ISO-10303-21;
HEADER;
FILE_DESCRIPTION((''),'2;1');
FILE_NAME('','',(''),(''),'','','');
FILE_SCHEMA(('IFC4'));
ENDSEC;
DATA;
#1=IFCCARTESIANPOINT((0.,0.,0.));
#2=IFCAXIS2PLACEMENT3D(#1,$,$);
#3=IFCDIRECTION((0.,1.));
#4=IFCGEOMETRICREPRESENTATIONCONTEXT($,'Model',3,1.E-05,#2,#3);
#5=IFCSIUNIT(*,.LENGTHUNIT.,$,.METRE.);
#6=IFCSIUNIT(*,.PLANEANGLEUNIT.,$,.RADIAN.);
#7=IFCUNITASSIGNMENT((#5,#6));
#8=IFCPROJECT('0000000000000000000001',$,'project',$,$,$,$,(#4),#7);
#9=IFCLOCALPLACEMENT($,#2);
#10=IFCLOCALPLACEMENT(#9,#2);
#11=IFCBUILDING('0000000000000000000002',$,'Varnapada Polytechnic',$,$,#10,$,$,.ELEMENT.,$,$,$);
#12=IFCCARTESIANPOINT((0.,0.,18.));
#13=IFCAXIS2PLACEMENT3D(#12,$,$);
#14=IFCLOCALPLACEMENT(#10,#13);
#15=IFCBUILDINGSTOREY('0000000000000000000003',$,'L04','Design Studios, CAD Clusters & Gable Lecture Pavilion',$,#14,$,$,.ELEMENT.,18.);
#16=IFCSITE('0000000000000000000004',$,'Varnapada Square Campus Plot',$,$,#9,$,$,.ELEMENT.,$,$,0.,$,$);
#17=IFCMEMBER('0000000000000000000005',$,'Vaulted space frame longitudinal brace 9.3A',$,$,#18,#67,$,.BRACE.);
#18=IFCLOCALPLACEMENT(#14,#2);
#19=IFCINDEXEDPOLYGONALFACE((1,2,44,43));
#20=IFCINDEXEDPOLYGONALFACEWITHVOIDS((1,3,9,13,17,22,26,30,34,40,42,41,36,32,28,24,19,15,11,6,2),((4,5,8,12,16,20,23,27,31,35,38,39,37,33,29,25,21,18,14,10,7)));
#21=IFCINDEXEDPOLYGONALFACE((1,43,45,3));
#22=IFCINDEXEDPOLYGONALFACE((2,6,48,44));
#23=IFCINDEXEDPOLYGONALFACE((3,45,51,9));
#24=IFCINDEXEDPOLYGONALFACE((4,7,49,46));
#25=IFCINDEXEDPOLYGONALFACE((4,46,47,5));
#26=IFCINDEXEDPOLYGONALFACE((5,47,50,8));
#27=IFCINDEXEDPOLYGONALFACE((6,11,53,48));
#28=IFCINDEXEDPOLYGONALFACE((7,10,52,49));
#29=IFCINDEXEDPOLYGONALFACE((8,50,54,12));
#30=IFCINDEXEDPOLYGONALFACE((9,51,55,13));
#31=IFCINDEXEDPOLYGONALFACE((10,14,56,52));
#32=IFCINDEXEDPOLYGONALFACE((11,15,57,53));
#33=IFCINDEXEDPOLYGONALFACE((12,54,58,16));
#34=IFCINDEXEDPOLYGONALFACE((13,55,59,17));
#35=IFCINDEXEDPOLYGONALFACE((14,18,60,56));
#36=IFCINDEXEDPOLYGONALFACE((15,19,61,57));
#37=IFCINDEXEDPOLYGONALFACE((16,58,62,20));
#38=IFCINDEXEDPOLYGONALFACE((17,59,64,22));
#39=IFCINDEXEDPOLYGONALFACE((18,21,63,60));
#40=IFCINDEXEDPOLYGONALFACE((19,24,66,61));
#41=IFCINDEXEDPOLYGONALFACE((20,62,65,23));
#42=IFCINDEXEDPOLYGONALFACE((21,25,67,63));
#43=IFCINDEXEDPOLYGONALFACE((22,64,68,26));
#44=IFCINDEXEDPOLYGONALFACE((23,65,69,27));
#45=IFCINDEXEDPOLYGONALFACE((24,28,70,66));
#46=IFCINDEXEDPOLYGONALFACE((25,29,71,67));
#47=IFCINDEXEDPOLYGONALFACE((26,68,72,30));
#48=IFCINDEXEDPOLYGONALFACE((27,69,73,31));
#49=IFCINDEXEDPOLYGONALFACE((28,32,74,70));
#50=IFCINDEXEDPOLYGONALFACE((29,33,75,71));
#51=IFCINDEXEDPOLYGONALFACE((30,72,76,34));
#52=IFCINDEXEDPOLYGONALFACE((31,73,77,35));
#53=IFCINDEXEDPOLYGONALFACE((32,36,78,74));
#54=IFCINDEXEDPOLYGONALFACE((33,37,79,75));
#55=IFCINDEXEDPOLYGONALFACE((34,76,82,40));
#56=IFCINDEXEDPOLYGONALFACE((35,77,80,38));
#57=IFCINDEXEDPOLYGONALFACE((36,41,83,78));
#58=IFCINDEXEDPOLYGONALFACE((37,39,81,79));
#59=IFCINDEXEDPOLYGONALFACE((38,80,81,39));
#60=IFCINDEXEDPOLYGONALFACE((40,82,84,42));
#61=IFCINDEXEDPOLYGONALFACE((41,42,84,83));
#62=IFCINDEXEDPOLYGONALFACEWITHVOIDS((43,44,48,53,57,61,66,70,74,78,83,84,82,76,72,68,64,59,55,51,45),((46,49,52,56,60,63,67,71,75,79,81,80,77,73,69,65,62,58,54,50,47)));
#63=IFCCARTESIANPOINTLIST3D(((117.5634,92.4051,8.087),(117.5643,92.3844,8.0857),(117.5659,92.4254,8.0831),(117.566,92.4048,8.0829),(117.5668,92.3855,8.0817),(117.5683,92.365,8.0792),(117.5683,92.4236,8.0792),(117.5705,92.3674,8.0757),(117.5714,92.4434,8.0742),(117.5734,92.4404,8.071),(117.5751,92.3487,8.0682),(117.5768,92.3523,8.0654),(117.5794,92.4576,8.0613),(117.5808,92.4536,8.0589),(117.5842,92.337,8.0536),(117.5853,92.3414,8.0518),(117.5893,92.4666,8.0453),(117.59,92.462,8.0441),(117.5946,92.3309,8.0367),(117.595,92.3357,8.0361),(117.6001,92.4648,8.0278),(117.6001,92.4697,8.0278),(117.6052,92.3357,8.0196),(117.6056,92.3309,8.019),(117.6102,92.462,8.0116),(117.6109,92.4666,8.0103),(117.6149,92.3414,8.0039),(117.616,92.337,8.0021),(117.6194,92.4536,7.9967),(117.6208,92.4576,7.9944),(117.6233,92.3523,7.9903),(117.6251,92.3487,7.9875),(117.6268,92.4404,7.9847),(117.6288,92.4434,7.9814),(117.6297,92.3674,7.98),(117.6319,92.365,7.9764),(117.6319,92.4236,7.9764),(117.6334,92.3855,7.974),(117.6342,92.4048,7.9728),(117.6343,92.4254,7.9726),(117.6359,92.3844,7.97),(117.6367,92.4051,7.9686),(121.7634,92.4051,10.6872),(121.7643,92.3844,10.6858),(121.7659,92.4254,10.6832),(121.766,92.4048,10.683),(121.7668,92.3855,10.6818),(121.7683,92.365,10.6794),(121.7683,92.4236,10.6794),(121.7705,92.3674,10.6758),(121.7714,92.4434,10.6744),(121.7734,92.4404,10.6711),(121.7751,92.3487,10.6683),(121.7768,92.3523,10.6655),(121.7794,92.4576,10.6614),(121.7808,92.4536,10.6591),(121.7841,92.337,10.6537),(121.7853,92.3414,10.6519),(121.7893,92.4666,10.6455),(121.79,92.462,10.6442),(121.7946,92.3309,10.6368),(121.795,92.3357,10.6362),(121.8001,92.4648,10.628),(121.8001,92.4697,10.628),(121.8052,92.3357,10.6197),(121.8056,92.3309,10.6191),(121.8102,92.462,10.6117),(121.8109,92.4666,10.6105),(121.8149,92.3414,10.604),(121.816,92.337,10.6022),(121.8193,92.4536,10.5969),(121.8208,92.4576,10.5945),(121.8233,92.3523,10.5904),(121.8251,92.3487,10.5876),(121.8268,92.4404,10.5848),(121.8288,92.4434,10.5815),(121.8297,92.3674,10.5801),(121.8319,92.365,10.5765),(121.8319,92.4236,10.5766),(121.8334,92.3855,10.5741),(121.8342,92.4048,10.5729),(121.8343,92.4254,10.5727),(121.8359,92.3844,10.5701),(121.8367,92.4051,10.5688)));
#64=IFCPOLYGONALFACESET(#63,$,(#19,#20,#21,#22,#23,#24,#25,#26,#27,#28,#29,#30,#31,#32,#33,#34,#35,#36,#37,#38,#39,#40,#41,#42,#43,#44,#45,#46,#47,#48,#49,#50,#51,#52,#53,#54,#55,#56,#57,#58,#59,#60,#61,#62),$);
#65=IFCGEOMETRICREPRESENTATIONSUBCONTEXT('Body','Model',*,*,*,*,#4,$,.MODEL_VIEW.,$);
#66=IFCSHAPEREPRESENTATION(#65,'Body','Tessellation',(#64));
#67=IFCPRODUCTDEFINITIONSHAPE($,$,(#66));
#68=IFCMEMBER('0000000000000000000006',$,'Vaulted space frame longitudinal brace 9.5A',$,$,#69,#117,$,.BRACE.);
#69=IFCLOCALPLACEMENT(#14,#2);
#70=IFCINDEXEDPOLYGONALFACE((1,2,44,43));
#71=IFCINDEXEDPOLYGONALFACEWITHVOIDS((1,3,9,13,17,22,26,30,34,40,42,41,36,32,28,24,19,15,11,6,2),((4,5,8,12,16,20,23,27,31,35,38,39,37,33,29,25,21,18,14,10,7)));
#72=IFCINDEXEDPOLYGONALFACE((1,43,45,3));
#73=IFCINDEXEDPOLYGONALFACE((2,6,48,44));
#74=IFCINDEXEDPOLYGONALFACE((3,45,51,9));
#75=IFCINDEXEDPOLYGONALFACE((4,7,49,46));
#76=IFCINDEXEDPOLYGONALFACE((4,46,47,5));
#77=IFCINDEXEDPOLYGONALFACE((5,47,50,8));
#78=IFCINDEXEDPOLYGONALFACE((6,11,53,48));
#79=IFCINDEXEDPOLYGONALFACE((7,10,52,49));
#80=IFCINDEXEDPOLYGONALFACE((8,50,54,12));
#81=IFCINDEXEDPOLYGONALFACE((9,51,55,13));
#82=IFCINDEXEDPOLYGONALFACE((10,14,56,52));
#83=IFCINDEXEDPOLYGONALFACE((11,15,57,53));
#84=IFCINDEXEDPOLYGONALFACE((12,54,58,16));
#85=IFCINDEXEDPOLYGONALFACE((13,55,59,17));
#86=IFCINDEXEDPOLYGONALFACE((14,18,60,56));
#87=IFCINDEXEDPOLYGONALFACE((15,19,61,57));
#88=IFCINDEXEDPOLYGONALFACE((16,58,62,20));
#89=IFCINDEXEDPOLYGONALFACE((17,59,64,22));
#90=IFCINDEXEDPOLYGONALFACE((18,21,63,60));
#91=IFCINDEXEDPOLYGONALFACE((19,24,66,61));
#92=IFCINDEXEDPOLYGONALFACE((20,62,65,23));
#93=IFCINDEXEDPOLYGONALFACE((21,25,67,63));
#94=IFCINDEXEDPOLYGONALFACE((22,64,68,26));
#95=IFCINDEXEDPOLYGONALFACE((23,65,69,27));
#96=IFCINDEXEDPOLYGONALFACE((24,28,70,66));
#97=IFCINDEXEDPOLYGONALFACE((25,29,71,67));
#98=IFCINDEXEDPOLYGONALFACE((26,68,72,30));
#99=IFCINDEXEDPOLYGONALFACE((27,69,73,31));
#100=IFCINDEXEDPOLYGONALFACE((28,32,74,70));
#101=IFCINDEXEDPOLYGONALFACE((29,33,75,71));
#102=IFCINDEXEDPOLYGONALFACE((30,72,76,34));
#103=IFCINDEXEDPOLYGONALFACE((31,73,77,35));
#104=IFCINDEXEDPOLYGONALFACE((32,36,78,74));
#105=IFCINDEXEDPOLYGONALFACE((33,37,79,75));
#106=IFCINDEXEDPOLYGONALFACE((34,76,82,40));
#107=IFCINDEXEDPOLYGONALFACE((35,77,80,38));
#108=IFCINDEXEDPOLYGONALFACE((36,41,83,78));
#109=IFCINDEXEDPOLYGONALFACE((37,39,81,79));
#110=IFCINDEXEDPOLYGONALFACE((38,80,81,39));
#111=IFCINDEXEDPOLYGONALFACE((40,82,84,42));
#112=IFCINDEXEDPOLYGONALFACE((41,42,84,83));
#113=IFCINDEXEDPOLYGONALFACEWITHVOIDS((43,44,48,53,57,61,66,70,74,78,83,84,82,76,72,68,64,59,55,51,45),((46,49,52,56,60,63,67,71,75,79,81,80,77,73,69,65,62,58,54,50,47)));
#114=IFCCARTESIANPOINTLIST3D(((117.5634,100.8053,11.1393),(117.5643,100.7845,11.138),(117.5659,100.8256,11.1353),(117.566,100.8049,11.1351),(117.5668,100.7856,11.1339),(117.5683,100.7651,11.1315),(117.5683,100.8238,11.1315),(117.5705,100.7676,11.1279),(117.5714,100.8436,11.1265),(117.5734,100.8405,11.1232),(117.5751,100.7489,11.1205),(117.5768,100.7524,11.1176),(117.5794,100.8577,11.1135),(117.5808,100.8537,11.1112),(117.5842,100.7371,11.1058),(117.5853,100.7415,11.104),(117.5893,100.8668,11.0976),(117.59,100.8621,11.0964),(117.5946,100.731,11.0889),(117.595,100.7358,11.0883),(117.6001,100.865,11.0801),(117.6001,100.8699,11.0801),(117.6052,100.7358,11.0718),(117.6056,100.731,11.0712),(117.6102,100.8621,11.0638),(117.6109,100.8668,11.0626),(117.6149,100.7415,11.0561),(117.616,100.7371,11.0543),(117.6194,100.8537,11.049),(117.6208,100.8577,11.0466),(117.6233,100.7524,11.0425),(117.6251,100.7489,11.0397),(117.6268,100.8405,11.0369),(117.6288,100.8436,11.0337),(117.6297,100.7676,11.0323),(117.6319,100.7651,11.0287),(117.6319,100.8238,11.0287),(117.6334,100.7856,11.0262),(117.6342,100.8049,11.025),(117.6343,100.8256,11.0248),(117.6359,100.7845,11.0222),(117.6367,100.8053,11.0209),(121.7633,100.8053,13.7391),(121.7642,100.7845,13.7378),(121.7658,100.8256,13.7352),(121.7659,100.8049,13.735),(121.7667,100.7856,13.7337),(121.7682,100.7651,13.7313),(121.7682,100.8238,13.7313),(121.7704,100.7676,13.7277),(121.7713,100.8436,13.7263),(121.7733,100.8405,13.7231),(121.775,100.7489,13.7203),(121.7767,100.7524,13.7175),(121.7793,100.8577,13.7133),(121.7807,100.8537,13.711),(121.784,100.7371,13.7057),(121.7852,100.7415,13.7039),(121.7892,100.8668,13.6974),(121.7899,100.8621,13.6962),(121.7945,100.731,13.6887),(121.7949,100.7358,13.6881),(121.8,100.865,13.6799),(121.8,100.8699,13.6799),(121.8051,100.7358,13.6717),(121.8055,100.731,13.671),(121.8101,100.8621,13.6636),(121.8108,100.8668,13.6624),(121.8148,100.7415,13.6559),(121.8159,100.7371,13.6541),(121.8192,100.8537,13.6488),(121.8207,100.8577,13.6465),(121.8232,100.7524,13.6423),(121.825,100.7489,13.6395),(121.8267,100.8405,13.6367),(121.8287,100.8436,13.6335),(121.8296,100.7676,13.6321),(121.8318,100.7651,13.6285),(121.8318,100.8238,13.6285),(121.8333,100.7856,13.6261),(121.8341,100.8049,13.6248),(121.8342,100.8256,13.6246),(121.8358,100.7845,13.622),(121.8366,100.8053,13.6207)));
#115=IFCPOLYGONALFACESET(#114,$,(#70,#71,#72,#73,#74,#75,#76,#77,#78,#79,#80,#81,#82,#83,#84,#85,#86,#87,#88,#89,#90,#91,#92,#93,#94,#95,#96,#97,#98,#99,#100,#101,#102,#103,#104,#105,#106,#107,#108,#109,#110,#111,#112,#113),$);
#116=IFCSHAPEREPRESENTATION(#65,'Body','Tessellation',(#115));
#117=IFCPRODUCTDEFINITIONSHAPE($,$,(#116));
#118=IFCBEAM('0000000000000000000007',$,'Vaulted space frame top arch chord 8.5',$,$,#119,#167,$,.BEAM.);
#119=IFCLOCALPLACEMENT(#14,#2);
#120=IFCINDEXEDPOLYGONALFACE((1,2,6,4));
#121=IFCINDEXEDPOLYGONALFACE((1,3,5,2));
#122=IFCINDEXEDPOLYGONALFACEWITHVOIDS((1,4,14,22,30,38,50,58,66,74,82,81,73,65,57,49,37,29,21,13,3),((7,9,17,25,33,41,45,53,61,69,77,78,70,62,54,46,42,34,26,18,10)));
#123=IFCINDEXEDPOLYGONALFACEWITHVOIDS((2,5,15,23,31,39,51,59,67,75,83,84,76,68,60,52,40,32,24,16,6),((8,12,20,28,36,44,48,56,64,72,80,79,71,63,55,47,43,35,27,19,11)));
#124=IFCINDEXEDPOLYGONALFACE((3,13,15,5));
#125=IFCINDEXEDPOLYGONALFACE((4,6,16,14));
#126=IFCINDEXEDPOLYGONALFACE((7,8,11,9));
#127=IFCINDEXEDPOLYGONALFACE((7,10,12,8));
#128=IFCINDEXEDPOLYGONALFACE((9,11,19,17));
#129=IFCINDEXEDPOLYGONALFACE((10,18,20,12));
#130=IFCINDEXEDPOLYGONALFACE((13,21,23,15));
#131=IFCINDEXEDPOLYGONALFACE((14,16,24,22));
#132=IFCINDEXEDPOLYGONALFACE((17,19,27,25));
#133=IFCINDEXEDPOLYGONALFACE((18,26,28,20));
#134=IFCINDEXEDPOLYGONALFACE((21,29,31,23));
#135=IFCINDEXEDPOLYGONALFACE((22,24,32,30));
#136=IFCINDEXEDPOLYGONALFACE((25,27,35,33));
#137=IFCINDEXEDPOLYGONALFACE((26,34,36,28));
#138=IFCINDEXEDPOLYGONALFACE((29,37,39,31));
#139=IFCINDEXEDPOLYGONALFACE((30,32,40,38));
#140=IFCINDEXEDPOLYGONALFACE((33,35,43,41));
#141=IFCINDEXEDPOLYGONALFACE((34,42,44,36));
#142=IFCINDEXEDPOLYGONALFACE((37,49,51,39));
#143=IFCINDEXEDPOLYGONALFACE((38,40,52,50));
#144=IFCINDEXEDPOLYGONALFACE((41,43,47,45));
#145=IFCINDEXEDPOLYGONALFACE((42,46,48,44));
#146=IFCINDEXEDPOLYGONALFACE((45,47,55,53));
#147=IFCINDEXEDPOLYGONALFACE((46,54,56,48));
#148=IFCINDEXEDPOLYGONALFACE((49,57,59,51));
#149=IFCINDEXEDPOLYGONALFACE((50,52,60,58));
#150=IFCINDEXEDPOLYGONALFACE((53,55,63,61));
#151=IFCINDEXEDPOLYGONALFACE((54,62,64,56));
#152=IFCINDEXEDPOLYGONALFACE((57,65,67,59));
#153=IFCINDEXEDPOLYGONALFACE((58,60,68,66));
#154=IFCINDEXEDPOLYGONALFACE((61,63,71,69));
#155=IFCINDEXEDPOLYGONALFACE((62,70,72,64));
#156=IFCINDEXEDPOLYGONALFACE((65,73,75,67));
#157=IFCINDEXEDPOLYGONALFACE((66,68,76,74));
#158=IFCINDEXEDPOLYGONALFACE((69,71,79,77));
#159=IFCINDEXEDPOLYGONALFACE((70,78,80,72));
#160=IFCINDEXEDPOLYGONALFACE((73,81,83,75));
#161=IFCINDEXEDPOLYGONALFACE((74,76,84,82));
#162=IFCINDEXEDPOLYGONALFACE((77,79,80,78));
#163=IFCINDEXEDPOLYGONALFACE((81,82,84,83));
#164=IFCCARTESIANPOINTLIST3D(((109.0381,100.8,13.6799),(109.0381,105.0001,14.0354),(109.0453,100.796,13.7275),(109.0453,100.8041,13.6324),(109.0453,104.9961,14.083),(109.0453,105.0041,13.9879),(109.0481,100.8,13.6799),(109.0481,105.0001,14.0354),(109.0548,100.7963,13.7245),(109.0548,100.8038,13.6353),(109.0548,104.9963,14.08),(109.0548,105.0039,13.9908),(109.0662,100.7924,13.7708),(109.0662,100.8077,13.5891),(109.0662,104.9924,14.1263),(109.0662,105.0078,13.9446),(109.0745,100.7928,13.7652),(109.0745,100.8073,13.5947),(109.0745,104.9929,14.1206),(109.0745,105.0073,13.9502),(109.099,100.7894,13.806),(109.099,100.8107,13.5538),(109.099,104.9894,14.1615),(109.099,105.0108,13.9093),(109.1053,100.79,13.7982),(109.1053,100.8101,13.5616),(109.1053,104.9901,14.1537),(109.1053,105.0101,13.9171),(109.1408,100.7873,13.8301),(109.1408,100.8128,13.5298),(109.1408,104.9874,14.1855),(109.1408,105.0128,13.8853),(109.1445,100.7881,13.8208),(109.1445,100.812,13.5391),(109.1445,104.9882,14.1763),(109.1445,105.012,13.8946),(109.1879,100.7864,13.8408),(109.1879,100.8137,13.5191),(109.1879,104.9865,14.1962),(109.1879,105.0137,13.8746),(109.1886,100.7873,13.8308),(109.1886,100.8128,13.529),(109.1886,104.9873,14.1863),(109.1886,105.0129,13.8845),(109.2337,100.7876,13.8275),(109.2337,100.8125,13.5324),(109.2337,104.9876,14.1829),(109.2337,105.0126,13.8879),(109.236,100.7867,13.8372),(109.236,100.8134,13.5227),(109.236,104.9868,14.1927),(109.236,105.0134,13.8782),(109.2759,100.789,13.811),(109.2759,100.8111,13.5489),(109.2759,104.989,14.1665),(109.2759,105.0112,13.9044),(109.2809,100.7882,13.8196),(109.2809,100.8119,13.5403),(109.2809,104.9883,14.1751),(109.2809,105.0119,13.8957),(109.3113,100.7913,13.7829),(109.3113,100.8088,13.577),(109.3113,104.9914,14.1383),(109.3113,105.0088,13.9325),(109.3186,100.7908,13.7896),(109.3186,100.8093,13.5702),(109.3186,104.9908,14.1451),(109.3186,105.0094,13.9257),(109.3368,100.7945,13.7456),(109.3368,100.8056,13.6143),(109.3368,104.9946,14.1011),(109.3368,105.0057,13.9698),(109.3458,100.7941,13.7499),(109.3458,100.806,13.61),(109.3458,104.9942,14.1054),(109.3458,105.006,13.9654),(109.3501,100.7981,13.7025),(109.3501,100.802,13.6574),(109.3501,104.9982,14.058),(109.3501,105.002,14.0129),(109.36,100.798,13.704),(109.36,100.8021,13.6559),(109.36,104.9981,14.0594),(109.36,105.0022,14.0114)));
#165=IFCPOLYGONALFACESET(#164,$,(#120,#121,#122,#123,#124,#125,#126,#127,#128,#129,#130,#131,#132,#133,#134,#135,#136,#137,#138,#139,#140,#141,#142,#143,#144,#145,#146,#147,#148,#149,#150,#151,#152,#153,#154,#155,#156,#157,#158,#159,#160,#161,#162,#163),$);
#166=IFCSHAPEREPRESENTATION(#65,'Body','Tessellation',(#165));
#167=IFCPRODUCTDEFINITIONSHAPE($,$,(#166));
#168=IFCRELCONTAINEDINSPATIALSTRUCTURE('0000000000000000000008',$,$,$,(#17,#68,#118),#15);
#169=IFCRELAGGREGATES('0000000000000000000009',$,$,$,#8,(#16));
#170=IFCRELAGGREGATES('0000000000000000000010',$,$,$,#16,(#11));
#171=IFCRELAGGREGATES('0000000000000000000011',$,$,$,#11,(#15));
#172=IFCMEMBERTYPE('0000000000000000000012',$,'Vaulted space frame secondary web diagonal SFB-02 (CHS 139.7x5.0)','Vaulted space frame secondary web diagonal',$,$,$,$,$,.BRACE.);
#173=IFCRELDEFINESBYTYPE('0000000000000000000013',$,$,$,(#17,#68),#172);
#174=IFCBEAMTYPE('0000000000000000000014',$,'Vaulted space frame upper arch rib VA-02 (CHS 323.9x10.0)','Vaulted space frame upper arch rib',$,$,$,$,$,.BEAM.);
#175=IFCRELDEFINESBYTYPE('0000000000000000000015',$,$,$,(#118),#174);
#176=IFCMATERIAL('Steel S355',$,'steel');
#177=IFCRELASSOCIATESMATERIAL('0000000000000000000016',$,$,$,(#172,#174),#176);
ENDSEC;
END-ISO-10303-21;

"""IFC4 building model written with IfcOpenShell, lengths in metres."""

from ifc_helpers import new_model, si_unit, direction, frame, origin, origin_2d, place, context, subcontext, project, spatial, hollow_circle, extrude, material, material_profile, profile_set, type_object, element, save


model = new_model("IFC4")

# Units and contexts
model_context = context("Model", 3, precision=1e-05, world=origin(), true_north=direction((0.0, 1.0)))
body_context = subcontext(model_context, "Body", "Model", "MODEL_VIEW")
ifc_project = project(units=[si_unit("LENGTHUNIT", "METRE"), si_unit("PLANEANGLEUNIT", "RADIAN")], contexts=[model_context])

# Site, building, storey
site_placement = place(None, origin())
site = spatial("IfcSite", under=ifc_project, at=site_placement, Name="Varnapada Square Campus Plot", CompositionType="ELEMENT", RefElevation=0.0)
building_placement = place(site_placement, origin())
building = spatial("IfcBuilding", under=site, at=building_placement, Name="Varnapada Polytechnic", CompositionType="ELEMENT")
storey_placement = place(building_placement, frame((0.0, 0.0, 18.0)))
storey = spatial("IfcBuildingStorey", under=building, at=storey_placement, Name="L04", Description="Design Studios, CAD Clusters & Gable Lecture Pavilion", CompositionType="ELEMENT", Elevation=18.0)

# Shared definitions
ifc_material = material(Name="Steel S355", Category="steel")

# Members
ifc_material_profile_1 = material_profile(ifc_material, hollow_circle(Radius=0.0698, WallThickness=0.0049, at=origin_2d()), Name="CHS 139.7x5.0")
ifc_profile_set_1 = profile_set([ifc_material_profile_1], Name="Steel S355")
member_type_1 = type_object("IfcMemberType", Name="Vaulted space frame secondary web diagonal SFB-02 (CHS 139.7x5.0)", Description="Vaulted space frame secondary web diagonal", PredefinedType="BRACE", material=ifc_profile_set_1)
for number, where, z_axis, x_axis, name in (
    (1, (117.6001, 92.3999, 8.0278), (0.850254, 0.0, 0.526373), (0.0, 1.0, 0.0), "Vaulted space frame longitudinal brace 9.3A"),
):
    element("IfcMember", number, at=place(storey_placement, frame(where, z_axis=z_axis, x_axis=x_axis)), inside=storey, type_object=member_type_1, Name=name, PredefinedType="BRACE", context=body_context, shape_type="SweptSolid", body=[
        extrude(hollow_circle(Radius=0.0698, WallThickness=0.0049, at=origin_2d()), origin(), (0.0, 0.0, 1.0), 4.9397),
    ])
member_1_placement = place(storey_placement, frame((117.6001, 100.8, 11.0801), z_axis=(0.850276, 0.0, 0.526338), x_axis=(0.0, 1.0, 0.0)))
element("IfcMember", 2, at=member_1_placement, inside=storey, type_object=member_type_1, Name="Vaulted space frame longitudinal brace 9.5A", PredefinedType="BRACE", context=body_context, shape_type="SweptSolid", body=[
    extrude(hollow_circle(Radius=0.0698, WallThickness=0.0049, at=origin_2d()), origin(), (0.0, 0.0, 1.0), 4.9395),
])

# Beam
ifc_material_profile_2 = material_profile(ifc_material, hollow_circle(Radius=0.1619, WallThickness=0.01, at=origin_2d()), Name="CHS 323.9x10.0")
ifc_profile_set_2 = profile_set([ifc_material_profile_2], Name="Steel S355")
beam_type_1 = type_object("IfcBeamType", Name="Vaulted space frame upper arch rib VA-02 (CHS 323.9x10.0)", Description="Vaulted space frame upper arch rib", PredefinedType="BEAM", material=ifc_profile_set_2)
beam_1_placement = place(storey_placement, frame((109.2, 100.8, 13.6799), z_axis=(0.0, 0.996437, 0.084335), x_axis=(-1.0, 0.0, 0.0)))
element("IfcBeam", 3, at=beam_1_placement, inside=storey, type_object=beam_type_1, Name="Vaulted space frame top arch chord 8.5", PredefinedType="BEAM", context=body_context, shape_type="SweptSolid", body=[
    extrude(hollow_circle(Radius=0.1619, WallThickness=0.01, at=origin_2d()), origin(), (0.0, 0.0, 1.0), 4.2151),
])

save(model, "model.ifc")
